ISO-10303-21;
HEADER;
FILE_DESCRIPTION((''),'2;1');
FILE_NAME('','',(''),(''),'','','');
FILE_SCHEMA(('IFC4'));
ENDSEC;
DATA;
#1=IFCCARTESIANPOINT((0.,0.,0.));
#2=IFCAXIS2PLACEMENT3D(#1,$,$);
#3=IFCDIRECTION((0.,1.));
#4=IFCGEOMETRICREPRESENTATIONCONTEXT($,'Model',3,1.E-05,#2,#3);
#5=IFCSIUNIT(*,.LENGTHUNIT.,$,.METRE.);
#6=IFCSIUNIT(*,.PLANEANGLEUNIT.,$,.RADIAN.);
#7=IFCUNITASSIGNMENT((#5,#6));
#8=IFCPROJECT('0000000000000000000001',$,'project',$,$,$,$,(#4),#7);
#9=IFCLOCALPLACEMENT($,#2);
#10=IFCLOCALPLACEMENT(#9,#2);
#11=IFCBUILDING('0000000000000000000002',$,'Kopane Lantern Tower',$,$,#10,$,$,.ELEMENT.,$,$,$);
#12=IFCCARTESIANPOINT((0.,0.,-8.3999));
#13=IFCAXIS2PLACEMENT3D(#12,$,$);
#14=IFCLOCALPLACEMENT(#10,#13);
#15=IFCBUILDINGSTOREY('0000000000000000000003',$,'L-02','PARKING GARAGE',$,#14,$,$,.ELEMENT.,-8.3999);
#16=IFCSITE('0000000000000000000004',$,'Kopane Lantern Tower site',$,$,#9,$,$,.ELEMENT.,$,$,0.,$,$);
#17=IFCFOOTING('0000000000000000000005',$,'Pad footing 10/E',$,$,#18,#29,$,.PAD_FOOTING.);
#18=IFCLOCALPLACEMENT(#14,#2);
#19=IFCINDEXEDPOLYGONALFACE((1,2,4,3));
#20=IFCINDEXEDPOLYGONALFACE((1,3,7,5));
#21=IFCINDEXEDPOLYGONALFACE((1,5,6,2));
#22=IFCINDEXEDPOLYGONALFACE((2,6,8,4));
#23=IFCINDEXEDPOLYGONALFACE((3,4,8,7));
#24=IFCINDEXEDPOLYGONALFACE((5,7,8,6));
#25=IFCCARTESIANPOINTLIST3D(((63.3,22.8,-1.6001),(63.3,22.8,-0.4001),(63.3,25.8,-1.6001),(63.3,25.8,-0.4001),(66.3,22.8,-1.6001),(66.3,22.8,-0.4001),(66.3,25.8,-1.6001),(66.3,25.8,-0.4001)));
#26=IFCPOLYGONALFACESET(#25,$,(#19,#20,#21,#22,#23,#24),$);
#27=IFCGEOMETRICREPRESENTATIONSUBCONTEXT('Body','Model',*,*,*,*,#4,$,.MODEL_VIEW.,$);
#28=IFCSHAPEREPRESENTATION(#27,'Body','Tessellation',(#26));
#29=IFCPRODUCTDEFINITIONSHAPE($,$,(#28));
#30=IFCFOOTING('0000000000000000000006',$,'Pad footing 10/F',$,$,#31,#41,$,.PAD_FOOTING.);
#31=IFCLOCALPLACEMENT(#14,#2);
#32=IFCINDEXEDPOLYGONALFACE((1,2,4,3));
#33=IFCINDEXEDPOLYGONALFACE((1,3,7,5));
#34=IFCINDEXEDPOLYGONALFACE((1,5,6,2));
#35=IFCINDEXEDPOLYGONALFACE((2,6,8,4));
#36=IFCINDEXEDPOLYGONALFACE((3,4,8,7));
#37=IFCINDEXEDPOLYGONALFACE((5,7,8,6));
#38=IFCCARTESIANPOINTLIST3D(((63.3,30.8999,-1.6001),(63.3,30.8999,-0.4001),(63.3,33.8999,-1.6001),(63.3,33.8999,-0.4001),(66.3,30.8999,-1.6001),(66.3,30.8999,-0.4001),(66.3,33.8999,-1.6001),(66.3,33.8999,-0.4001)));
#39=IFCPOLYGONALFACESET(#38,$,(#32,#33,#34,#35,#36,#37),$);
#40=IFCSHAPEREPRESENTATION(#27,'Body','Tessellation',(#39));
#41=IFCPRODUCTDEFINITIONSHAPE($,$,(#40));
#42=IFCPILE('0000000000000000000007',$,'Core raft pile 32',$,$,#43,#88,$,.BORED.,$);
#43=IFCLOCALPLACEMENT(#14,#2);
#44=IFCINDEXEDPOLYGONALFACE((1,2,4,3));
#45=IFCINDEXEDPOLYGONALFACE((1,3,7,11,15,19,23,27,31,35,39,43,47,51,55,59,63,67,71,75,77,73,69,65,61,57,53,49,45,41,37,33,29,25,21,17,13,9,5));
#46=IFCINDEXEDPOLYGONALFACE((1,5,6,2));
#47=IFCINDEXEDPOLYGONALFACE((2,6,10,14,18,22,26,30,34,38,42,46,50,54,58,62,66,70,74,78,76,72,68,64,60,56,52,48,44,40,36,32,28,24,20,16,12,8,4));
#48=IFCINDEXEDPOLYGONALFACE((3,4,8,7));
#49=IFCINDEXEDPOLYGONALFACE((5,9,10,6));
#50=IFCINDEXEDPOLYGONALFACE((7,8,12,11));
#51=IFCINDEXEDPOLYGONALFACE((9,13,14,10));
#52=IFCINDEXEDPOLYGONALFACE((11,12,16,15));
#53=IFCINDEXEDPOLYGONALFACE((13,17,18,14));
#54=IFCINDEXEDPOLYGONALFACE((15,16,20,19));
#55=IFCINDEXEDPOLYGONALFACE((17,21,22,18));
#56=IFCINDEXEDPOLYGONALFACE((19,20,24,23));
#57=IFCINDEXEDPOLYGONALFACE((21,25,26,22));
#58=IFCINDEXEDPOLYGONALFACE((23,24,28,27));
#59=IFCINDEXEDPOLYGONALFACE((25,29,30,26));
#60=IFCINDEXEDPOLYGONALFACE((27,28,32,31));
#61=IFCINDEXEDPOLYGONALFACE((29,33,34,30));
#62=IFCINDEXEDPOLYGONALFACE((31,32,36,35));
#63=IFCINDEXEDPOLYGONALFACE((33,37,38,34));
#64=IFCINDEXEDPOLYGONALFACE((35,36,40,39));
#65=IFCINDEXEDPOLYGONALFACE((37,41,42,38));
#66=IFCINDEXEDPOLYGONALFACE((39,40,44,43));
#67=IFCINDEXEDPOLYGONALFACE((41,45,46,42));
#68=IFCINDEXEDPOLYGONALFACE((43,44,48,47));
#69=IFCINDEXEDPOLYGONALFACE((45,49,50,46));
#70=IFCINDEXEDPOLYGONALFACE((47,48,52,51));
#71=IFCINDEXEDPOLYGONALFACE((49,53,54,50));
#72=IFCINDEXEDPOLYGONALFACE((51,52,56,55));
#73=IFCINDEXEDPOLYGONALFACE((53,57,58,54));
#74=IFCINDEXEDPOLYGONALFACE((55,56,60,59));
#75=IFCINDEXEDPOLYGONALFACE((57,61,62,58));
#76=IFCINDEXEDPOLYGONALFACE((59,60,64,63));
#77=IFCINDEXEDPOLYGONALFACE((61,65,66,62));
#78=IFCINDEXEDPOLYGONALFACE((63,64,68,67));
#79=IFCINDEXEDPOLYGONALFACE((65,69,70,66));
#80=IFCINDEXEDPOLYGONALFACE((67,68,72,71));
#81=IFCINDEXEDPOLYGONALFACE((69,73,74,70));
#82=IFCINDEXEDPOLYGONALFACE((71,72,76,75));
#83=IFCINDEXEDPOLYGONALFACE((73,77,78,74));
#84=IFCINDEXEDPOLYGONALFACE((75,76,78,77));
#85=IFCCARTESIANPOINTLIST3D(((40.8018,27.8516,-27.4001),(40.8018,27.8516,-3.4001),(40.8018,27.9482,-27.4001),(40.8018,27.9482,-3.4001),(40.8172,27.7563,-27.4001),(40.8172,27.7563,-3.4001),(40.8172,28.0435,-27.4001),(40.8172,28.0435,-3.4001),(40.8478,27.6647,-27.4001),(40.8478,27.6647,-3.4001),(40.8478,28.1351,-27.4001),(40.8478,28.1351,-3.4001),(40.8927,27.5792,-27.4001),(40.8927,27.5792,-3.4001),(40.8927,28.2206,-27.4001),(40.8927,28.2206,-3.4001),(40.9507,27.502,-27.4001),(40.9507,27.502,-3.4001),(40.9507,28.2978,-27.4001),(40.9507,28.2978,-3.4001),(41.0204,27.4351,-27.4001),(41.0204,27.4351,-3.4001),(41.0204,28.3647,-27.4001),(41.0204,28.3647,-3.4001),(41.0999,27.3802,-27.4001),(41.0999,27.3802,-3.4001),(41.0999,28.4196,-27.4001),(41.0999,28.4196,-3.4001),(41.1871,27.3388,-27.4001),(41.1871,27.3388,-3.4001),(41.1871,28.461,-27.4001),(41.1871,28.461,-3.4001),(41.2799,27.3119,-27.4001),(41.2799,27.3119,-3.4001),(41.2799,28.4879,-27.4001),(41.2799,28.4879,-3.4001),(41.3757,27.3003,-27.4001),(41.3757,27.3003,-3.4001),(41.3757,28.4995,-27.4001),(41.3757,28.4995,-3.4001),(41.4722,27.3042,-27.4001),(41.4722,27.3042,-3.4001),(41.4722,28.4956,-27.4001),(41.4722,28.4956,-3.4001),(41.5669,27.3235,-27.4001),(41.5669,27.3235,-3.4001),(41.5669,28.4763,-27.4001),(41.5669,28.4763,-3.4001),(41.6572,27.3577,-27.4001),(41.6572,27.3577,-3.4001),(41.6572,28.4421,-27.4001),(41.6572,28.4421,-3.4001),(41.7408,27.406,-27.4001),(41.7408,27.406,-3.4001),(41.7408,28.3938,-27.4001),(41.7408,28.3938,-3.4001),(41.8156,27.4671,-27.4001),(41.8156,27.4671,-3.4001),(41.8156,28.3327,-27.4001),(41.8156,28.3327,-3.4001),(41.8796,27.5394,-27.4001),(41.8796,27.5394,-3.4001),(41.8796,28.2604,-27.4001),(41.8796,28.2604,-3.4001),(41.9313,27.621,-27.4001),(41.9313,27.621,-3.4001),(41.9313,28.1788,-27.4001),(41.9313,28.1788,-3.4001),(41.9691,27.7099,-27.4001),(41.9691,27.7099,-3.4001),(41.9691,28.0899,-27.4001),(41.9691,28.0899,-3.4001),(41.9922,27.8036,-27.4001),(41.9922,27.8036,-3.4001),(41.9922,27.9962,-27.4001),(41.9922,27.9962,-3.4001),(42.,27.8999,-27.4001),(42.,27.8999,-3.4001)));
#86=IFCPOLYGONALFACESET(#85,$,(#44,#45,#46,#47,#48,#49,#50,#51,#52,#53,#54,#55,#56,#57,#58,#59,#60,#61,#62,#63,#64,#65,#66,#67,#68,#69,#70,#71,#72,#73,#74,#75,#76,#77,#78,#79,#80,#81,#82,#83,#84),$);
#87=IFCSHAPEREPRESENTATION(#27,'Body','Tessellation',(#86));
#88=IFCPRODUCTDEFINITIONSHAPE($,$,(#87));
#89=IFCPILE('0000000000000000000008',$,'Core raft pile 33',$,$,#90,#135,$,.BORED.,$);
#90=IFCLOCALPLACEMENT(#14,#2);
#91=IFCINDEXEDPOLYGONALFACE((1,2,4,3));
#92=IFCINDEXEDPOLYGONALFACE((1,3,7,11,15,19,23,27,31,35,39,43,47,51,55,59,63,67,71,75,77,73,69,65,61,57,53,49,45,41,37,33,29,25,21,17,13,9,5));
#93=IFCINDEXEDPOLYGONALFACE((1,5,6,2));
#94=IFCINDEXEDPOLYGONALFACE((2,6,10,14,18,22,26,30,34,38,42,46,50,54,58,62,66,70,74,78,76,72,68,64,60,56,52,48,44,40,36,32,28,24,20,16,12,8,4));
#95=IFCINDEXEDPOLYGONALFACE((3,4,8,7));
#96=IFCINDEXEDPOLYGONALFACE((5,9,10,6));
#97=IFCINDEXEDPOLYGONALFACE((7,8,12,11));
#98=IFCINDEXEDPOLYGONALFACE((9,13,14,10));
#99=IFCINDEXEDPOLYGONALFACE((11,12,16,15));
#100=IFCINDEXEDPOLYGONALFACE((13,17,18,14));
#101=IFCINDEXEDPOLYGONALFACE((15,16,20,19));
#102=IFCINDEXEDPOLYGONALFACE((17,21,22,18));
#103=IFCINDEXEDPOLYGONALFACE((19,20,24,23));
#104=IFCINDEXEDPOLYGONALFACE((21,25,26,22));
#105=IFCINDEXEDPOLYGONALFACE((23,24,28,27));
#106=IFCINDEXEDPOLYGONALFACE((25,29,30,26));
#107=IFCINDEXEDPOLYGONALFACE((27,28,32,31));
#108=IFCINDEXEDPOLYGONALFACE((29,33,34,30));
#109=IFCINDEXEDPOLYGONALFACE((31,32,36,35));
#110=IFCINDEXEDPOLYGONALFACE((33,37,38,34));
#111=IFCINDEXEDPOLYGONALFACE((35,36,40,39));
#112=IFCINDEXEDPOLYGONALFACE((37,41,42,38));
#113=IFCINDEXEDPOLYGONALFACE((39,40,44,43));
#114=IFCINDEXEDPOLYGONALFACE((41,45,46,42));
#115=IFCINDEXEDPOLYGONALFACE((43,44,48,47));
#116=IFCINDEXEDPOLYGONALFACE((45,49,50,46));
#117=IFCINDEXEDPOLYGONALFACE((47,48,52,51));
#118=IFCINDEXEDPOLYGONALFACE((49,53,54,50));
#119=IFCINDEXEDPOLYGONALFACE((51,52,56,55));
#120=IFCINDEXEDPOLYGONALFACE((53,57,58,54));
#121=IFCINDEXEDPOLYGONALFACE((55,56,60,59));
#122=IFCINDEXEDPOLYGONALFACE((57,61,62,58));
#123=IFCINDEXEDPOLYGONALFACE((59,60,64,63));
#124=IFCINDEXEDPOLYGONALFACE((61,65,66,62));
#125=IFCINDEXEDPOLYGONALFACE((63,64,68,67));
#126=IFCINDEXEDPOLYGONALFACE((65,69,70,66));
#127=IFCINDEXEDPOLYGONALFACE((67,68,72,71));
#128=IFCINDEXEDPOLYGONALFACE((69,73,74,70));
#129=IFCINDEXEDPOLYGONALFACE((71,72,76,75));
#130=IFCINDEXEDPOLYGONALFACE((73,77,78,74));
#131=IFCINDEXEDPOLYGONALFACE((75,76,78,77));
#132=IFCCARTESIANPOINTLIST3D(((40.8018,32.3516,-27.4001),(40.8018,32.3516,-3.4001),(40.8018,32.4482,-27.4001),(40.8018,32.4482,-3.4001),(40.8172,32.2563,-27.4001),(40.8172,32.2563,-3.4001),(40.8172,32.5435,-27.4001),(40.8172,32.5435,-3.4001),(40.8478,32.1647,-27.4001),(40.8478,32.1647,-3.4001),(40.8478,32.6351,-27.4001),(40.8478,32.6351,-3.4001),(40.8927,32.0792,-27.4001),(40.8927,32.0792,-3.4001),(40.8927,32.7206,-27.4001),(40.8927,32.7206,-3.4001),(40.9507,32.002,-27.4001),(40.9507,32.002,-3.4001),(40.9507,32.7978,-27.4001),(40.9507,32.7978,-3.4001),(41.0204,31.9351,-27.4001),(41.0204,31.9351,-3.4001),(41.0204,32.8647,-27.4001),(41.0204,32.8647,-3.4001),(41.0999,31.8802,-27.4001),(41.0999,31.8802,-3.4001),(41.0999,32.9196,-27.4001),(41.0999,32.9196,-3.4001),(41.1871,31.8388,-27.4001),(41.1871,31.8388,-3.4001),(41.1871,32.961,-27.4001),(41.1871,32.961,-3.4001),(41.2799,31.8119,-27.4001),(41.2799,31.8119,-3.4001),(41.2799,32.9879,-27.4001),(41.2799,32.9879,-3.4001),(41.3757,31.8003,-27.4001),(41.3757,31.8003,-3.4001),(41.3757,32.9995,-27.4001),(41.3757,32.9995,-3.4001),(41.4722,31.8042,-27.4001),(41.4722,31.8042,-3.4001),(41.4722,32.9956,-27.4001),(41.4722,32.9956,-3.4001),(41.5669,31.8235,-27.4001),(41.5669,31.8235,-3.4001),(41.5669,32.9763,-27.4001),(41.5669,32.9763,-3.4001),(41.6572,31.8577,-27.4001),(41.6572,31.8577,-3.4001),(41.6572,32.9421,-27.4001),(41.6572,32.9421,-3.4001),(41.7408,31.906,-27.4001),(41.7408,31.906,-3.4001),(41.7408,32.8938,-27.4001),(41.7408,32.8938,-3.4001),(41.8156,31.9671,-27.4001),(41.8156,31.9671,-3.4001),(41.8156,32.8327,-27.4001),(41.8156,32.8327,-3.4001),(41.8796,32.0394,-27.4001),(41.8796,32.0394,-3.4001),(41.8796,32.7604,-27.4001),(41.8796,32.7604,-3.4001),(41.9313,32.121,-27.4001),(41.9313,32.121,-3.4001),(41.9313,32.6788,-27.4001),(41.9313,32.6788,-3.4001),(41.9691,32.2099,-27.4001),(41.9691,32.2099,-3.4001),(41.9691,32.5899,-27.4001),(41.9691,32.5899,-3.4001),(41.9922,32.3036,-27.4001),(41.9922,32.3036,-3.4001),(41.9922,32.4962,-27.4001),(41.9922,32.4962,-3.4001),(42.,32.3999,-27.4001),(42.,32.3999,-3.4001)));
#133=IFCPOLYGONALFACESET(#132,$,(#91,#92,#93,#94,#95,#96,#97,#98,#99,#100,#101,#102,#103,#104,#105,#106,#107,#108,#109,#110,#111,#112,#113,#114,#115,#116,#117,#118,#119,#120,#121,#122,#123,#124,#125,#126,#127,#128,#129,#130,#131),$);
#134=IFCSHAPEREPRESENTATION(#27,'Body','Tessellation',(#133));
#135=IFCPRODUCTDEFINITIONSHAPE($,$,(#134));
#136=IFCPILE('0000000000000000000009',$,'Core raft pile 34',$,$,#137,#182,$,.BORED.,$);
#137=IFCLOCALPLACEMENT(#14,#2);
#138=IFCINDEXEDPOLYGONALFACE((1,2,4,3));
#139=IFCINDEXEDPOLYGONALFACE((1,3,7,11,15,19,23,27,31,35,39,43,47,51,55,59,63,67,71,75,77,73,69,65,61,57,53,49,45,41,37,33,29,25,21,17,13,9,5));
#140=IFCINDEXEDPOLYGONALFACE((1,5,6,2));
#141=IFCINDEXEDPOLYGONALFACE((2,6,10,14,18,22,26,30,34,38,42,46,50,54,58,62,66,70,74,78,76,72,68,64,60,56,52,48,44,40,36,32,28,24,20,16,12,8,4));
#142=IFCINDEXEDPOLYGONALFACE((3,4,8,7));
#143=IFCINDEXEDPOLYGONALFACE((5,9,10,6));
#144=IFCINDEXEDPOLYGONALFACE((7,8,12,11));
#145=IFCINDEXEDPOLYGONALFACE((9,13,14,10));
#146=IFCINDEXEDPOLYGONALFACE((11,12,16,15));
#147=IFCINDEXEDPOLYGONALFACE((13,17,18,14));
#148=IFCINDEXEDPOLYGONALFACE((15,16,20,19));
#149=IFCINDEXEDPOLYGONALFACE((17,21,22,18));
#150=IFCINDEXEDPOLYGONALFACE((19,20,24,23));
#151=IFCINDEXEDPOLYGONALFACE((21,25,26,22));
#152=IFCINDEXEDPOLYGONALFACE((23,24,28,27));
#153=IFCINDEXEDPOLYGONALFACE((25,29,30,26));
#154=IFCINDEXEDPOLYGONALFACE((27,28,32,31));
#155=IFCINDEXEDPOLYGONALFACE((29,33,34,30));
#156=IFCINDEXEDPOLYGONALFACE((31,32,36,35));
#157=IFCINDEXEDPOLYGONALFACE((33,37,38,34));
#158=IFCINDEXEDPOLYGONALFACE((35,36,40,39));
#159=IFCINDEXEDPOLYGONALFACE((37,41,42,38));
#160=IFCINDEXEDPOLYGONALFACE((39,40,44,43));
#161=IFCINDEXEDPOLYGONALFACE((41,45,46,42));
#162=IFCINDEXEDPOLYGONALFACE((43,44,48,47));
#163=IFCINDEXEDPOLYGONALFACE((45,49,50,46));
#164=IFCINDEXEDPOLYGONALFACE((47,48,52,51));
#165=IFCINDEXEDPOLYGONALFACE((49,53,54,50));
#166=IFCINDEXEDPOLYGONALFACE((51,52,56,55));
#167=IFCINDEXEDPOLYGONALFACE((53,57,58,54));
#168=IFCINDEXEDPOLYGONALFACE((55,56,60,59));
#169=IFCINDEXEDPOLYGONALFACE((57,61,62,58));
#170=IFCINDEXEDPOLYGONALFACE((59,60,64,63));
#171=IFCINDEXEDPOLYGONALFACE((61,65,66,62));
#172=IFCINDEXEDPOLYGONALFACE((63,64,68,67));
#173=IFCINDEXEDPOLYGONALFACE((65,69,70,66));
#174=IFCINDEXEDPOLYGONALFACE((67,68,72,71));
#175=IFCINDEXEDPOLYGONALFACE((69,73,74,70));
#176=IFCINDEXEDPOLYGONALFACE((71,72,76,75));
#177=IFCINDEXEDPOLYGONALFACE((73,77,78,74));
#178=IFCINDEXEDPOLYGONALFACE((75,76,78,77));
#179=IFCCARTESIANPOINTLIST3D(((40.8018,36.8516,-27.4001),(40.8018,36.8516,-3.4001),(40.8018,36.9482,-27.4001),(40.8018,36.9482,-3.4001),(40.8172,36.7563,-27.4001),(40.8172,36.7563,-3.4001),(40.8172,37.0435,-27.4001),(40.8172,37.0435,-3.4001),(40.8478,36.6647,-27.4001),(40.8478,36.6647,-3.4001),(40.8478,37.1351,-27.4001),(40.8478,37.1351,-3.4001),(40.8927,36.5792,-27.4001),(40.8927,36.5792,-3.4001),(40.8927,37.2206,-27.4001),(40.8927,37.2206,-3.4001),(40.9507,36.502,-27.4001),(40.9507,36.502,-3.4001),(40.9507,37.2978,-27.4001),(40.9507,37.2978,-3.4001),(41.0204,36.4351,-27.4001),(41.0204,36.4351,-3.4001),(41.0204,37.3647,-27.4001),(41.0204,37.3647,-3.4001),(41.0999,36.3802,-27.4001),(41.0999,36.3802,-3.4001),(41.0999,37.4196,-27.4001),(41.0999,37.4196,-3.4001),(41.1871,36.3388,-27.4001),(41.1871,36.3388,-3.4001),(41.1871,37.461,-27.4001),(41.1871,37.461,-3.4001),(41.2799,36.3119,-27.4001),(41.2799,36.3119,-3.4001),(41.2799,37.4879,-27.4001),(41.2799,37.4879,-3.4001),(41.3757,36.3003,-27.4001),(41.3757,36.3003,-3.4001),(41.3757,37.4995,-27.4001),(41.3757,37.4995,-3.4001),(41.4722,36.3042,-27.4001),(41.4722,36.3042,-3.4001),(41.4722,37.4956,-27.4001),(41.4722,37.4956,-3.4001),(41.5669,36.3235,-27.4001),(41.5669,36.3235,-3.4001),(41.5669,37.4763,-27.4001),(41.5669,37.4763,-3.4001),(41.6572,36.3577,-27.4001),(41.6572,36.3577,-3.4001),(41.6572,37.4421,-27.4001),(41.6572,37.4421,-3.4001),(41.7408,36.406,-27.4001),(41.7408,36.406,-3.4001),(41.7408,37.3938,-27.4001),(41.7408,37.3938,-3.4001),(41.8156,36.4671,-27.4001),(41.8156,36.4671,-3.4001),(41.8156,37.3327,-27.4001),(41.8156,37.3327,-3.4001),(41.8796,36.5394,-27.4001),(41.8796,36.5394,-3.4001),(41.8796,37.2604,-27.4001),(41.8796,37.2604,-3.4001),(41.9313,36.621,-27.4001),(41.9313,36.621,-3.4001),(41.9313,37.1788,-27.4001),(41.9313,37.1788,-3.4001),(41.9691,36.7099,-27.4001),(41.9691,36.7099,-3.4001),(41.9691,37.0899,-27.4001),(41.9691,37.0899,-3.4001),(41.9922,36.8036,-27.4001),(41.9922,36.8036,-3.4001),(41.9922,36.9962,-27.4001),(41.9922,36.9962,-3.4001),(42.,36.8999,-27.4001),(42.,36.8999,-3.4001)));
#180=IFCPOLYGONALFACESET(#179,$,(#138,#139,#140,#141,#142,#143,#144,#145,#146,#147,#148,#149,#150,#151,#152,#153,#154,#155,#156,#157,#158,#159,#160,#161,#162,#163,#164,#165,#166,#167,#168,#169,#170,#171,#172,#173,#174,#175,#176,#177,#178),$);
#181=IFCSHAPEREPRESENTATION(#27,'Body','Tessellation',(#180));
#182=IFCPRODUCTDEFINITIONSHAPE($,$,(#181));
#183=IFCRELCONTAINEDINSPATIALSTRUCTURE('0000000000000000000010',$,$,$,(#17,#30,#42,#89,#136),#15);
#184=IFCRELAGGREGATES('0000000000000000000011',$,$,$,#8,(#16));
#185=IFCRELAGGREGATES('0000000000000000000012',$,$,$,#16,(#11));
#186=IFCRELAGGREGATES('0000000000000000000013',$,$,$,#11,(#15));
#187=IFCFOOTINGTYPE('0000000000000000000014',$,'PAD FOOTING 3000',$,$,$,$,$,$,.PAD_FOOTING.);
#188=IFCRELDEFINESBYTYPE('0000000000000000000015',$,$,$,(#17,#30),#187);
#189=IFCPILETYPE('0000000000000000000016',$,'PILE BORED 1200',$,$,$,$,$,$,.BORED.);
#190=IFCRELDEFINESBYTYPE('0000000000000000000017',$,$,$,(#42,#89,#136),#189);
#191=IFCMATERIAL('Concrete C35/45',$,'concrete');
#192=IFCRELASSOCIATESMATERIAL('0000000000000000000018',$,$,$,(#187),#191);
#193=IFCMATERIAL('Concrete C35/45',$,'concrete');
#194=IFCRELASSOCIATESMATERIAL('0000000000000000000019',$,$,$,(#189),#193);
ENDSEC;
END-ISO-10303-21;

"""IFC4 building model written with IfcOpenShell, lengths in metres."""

from ifc_helpers import new_model, si_unit, direction, frame, origin, origin_2d, place, context, subcontext, project, spatial, rectangle, circle, extrude, material, material_profile, profile_set, type_object, element, save


model = new_model("IFC4")

# Units and contexts
model_context = context("Model", 3, precision=1e-05, world=origin(), true_north=direction((0.0, 1.0)))
body_context = subcontext(model_context, "Body", "Model", "MODEL_VIEW")
ifc_project = project(units=[si_unit("LENGTHUNIT", "METRE"), si_unit("PLANEANGLEUNIT", "RADIAN")], contexts=[model_context])

# Site, building, storey
site_placement = place(None, origin())
site = spatial("IfcSite", under=ifc_project, at=site_placement, Name="Kopane Lantern Tower site", CompositionType="ELEMENT", RefElevation=0.0)
building_placement = place(site_placement, origin())
building = spatial("IfcBuilding", under=site, at=building_placement, Name="Kopane Lantern Tower", CompositionType="ELEMENT")
storey_placement = place(building_placement, frame((0.0, 0.0, -8.3999)))
storey = spatial("IfcBuildingStorey", under=building, at=storey_placement, Name="L-02", Description="PARKING GARAGE", CompositionType="ELEMENT", Elevation=-8.3999)

# Footings
ifc_material_1 = material(Name="Concrete C35/45", Category="concrete")
footing_type_1 = type_object("IfcFootingType", Name="PAD FOOTING 3000", PredefinedType="PAD_FOOTING", material=ifc_material_1)
for number, where, z_axis, x_axis, name in (
    (1, (64.8, 24.3, -1.6001), (0.0, 0.0, 1.0), (1.0, 0.0, 0.0), "Pad footing 10/E"),
    (2, (64.8, 32.3999, -1.6001), (0.0, 0.0, 1.0), (1.0, 0.0, 0.0), "Pad footing 10/F"),
):
    element("IfcFooting", number, at=place(storey_placement, frame(where, z_axis=z_axis, x_axis=x_axis)), inside=storey, type_object=footing_type_1, Name=name, PredefinedType="PAD_FOOTING", context=body_context, shape_type="SweptSolid", body=[
        extrude(rectangle(XDim=3.0, YDim=3.0, at=origin_2d()), origin(), (0.0, 0.0, 1.0), 1.2),
    ])

# Piles
ifc_material_2 = material(Name="Concrete C35/45", Category="concrete")
ifc_material_profile_1 = material_profile(ifc_material_2, circle(Radius=0.6001, at=origin_2d()), Name="D1200")
ifc_profile_set_1 = profile_set([ifc_material_profile_1], Name="Concrete C35/45")
pile_type_1 = type_object("IfcPileType", Name="PILE BORED 1200", PredefinedType="BORED", material=ifc_profile_set_1)
for number, where, z_axis, x_axis, name in (
    (3, (41.3999, 27.8999, -3.4001), (0.0, 0.0, -1.0), (1.0, 0.0, 0.0), "Core raft pile 32"),
    (4, (41.3999, 32.3999, -3.4001), (0.0, 0.0, -1.0), (1.0, 0.0, 0.0), "Core raft pile 33"),
    (5, (41.3999, 36.8999, -3.4001), (0.0, 0.0, -1.0), (1.0, 0.0, 0.0), "Core raft pile 34"),
):
    element("IfcPile", number, at=place(storey_placement, frame(where, z_axis=z_axis, x_axis=x_axis)), inside=storey, type_object=pile_type_1, Name=name, PredefinedType="BORED", context=body_context, shape_type="SweptSolid", body=[
        extrude(circle(Radius=0.6001, at=origin_2d()), origin(), (0.0, 0.0, 1.0), 24.0),
    ])

save(model, "model.ifc")
